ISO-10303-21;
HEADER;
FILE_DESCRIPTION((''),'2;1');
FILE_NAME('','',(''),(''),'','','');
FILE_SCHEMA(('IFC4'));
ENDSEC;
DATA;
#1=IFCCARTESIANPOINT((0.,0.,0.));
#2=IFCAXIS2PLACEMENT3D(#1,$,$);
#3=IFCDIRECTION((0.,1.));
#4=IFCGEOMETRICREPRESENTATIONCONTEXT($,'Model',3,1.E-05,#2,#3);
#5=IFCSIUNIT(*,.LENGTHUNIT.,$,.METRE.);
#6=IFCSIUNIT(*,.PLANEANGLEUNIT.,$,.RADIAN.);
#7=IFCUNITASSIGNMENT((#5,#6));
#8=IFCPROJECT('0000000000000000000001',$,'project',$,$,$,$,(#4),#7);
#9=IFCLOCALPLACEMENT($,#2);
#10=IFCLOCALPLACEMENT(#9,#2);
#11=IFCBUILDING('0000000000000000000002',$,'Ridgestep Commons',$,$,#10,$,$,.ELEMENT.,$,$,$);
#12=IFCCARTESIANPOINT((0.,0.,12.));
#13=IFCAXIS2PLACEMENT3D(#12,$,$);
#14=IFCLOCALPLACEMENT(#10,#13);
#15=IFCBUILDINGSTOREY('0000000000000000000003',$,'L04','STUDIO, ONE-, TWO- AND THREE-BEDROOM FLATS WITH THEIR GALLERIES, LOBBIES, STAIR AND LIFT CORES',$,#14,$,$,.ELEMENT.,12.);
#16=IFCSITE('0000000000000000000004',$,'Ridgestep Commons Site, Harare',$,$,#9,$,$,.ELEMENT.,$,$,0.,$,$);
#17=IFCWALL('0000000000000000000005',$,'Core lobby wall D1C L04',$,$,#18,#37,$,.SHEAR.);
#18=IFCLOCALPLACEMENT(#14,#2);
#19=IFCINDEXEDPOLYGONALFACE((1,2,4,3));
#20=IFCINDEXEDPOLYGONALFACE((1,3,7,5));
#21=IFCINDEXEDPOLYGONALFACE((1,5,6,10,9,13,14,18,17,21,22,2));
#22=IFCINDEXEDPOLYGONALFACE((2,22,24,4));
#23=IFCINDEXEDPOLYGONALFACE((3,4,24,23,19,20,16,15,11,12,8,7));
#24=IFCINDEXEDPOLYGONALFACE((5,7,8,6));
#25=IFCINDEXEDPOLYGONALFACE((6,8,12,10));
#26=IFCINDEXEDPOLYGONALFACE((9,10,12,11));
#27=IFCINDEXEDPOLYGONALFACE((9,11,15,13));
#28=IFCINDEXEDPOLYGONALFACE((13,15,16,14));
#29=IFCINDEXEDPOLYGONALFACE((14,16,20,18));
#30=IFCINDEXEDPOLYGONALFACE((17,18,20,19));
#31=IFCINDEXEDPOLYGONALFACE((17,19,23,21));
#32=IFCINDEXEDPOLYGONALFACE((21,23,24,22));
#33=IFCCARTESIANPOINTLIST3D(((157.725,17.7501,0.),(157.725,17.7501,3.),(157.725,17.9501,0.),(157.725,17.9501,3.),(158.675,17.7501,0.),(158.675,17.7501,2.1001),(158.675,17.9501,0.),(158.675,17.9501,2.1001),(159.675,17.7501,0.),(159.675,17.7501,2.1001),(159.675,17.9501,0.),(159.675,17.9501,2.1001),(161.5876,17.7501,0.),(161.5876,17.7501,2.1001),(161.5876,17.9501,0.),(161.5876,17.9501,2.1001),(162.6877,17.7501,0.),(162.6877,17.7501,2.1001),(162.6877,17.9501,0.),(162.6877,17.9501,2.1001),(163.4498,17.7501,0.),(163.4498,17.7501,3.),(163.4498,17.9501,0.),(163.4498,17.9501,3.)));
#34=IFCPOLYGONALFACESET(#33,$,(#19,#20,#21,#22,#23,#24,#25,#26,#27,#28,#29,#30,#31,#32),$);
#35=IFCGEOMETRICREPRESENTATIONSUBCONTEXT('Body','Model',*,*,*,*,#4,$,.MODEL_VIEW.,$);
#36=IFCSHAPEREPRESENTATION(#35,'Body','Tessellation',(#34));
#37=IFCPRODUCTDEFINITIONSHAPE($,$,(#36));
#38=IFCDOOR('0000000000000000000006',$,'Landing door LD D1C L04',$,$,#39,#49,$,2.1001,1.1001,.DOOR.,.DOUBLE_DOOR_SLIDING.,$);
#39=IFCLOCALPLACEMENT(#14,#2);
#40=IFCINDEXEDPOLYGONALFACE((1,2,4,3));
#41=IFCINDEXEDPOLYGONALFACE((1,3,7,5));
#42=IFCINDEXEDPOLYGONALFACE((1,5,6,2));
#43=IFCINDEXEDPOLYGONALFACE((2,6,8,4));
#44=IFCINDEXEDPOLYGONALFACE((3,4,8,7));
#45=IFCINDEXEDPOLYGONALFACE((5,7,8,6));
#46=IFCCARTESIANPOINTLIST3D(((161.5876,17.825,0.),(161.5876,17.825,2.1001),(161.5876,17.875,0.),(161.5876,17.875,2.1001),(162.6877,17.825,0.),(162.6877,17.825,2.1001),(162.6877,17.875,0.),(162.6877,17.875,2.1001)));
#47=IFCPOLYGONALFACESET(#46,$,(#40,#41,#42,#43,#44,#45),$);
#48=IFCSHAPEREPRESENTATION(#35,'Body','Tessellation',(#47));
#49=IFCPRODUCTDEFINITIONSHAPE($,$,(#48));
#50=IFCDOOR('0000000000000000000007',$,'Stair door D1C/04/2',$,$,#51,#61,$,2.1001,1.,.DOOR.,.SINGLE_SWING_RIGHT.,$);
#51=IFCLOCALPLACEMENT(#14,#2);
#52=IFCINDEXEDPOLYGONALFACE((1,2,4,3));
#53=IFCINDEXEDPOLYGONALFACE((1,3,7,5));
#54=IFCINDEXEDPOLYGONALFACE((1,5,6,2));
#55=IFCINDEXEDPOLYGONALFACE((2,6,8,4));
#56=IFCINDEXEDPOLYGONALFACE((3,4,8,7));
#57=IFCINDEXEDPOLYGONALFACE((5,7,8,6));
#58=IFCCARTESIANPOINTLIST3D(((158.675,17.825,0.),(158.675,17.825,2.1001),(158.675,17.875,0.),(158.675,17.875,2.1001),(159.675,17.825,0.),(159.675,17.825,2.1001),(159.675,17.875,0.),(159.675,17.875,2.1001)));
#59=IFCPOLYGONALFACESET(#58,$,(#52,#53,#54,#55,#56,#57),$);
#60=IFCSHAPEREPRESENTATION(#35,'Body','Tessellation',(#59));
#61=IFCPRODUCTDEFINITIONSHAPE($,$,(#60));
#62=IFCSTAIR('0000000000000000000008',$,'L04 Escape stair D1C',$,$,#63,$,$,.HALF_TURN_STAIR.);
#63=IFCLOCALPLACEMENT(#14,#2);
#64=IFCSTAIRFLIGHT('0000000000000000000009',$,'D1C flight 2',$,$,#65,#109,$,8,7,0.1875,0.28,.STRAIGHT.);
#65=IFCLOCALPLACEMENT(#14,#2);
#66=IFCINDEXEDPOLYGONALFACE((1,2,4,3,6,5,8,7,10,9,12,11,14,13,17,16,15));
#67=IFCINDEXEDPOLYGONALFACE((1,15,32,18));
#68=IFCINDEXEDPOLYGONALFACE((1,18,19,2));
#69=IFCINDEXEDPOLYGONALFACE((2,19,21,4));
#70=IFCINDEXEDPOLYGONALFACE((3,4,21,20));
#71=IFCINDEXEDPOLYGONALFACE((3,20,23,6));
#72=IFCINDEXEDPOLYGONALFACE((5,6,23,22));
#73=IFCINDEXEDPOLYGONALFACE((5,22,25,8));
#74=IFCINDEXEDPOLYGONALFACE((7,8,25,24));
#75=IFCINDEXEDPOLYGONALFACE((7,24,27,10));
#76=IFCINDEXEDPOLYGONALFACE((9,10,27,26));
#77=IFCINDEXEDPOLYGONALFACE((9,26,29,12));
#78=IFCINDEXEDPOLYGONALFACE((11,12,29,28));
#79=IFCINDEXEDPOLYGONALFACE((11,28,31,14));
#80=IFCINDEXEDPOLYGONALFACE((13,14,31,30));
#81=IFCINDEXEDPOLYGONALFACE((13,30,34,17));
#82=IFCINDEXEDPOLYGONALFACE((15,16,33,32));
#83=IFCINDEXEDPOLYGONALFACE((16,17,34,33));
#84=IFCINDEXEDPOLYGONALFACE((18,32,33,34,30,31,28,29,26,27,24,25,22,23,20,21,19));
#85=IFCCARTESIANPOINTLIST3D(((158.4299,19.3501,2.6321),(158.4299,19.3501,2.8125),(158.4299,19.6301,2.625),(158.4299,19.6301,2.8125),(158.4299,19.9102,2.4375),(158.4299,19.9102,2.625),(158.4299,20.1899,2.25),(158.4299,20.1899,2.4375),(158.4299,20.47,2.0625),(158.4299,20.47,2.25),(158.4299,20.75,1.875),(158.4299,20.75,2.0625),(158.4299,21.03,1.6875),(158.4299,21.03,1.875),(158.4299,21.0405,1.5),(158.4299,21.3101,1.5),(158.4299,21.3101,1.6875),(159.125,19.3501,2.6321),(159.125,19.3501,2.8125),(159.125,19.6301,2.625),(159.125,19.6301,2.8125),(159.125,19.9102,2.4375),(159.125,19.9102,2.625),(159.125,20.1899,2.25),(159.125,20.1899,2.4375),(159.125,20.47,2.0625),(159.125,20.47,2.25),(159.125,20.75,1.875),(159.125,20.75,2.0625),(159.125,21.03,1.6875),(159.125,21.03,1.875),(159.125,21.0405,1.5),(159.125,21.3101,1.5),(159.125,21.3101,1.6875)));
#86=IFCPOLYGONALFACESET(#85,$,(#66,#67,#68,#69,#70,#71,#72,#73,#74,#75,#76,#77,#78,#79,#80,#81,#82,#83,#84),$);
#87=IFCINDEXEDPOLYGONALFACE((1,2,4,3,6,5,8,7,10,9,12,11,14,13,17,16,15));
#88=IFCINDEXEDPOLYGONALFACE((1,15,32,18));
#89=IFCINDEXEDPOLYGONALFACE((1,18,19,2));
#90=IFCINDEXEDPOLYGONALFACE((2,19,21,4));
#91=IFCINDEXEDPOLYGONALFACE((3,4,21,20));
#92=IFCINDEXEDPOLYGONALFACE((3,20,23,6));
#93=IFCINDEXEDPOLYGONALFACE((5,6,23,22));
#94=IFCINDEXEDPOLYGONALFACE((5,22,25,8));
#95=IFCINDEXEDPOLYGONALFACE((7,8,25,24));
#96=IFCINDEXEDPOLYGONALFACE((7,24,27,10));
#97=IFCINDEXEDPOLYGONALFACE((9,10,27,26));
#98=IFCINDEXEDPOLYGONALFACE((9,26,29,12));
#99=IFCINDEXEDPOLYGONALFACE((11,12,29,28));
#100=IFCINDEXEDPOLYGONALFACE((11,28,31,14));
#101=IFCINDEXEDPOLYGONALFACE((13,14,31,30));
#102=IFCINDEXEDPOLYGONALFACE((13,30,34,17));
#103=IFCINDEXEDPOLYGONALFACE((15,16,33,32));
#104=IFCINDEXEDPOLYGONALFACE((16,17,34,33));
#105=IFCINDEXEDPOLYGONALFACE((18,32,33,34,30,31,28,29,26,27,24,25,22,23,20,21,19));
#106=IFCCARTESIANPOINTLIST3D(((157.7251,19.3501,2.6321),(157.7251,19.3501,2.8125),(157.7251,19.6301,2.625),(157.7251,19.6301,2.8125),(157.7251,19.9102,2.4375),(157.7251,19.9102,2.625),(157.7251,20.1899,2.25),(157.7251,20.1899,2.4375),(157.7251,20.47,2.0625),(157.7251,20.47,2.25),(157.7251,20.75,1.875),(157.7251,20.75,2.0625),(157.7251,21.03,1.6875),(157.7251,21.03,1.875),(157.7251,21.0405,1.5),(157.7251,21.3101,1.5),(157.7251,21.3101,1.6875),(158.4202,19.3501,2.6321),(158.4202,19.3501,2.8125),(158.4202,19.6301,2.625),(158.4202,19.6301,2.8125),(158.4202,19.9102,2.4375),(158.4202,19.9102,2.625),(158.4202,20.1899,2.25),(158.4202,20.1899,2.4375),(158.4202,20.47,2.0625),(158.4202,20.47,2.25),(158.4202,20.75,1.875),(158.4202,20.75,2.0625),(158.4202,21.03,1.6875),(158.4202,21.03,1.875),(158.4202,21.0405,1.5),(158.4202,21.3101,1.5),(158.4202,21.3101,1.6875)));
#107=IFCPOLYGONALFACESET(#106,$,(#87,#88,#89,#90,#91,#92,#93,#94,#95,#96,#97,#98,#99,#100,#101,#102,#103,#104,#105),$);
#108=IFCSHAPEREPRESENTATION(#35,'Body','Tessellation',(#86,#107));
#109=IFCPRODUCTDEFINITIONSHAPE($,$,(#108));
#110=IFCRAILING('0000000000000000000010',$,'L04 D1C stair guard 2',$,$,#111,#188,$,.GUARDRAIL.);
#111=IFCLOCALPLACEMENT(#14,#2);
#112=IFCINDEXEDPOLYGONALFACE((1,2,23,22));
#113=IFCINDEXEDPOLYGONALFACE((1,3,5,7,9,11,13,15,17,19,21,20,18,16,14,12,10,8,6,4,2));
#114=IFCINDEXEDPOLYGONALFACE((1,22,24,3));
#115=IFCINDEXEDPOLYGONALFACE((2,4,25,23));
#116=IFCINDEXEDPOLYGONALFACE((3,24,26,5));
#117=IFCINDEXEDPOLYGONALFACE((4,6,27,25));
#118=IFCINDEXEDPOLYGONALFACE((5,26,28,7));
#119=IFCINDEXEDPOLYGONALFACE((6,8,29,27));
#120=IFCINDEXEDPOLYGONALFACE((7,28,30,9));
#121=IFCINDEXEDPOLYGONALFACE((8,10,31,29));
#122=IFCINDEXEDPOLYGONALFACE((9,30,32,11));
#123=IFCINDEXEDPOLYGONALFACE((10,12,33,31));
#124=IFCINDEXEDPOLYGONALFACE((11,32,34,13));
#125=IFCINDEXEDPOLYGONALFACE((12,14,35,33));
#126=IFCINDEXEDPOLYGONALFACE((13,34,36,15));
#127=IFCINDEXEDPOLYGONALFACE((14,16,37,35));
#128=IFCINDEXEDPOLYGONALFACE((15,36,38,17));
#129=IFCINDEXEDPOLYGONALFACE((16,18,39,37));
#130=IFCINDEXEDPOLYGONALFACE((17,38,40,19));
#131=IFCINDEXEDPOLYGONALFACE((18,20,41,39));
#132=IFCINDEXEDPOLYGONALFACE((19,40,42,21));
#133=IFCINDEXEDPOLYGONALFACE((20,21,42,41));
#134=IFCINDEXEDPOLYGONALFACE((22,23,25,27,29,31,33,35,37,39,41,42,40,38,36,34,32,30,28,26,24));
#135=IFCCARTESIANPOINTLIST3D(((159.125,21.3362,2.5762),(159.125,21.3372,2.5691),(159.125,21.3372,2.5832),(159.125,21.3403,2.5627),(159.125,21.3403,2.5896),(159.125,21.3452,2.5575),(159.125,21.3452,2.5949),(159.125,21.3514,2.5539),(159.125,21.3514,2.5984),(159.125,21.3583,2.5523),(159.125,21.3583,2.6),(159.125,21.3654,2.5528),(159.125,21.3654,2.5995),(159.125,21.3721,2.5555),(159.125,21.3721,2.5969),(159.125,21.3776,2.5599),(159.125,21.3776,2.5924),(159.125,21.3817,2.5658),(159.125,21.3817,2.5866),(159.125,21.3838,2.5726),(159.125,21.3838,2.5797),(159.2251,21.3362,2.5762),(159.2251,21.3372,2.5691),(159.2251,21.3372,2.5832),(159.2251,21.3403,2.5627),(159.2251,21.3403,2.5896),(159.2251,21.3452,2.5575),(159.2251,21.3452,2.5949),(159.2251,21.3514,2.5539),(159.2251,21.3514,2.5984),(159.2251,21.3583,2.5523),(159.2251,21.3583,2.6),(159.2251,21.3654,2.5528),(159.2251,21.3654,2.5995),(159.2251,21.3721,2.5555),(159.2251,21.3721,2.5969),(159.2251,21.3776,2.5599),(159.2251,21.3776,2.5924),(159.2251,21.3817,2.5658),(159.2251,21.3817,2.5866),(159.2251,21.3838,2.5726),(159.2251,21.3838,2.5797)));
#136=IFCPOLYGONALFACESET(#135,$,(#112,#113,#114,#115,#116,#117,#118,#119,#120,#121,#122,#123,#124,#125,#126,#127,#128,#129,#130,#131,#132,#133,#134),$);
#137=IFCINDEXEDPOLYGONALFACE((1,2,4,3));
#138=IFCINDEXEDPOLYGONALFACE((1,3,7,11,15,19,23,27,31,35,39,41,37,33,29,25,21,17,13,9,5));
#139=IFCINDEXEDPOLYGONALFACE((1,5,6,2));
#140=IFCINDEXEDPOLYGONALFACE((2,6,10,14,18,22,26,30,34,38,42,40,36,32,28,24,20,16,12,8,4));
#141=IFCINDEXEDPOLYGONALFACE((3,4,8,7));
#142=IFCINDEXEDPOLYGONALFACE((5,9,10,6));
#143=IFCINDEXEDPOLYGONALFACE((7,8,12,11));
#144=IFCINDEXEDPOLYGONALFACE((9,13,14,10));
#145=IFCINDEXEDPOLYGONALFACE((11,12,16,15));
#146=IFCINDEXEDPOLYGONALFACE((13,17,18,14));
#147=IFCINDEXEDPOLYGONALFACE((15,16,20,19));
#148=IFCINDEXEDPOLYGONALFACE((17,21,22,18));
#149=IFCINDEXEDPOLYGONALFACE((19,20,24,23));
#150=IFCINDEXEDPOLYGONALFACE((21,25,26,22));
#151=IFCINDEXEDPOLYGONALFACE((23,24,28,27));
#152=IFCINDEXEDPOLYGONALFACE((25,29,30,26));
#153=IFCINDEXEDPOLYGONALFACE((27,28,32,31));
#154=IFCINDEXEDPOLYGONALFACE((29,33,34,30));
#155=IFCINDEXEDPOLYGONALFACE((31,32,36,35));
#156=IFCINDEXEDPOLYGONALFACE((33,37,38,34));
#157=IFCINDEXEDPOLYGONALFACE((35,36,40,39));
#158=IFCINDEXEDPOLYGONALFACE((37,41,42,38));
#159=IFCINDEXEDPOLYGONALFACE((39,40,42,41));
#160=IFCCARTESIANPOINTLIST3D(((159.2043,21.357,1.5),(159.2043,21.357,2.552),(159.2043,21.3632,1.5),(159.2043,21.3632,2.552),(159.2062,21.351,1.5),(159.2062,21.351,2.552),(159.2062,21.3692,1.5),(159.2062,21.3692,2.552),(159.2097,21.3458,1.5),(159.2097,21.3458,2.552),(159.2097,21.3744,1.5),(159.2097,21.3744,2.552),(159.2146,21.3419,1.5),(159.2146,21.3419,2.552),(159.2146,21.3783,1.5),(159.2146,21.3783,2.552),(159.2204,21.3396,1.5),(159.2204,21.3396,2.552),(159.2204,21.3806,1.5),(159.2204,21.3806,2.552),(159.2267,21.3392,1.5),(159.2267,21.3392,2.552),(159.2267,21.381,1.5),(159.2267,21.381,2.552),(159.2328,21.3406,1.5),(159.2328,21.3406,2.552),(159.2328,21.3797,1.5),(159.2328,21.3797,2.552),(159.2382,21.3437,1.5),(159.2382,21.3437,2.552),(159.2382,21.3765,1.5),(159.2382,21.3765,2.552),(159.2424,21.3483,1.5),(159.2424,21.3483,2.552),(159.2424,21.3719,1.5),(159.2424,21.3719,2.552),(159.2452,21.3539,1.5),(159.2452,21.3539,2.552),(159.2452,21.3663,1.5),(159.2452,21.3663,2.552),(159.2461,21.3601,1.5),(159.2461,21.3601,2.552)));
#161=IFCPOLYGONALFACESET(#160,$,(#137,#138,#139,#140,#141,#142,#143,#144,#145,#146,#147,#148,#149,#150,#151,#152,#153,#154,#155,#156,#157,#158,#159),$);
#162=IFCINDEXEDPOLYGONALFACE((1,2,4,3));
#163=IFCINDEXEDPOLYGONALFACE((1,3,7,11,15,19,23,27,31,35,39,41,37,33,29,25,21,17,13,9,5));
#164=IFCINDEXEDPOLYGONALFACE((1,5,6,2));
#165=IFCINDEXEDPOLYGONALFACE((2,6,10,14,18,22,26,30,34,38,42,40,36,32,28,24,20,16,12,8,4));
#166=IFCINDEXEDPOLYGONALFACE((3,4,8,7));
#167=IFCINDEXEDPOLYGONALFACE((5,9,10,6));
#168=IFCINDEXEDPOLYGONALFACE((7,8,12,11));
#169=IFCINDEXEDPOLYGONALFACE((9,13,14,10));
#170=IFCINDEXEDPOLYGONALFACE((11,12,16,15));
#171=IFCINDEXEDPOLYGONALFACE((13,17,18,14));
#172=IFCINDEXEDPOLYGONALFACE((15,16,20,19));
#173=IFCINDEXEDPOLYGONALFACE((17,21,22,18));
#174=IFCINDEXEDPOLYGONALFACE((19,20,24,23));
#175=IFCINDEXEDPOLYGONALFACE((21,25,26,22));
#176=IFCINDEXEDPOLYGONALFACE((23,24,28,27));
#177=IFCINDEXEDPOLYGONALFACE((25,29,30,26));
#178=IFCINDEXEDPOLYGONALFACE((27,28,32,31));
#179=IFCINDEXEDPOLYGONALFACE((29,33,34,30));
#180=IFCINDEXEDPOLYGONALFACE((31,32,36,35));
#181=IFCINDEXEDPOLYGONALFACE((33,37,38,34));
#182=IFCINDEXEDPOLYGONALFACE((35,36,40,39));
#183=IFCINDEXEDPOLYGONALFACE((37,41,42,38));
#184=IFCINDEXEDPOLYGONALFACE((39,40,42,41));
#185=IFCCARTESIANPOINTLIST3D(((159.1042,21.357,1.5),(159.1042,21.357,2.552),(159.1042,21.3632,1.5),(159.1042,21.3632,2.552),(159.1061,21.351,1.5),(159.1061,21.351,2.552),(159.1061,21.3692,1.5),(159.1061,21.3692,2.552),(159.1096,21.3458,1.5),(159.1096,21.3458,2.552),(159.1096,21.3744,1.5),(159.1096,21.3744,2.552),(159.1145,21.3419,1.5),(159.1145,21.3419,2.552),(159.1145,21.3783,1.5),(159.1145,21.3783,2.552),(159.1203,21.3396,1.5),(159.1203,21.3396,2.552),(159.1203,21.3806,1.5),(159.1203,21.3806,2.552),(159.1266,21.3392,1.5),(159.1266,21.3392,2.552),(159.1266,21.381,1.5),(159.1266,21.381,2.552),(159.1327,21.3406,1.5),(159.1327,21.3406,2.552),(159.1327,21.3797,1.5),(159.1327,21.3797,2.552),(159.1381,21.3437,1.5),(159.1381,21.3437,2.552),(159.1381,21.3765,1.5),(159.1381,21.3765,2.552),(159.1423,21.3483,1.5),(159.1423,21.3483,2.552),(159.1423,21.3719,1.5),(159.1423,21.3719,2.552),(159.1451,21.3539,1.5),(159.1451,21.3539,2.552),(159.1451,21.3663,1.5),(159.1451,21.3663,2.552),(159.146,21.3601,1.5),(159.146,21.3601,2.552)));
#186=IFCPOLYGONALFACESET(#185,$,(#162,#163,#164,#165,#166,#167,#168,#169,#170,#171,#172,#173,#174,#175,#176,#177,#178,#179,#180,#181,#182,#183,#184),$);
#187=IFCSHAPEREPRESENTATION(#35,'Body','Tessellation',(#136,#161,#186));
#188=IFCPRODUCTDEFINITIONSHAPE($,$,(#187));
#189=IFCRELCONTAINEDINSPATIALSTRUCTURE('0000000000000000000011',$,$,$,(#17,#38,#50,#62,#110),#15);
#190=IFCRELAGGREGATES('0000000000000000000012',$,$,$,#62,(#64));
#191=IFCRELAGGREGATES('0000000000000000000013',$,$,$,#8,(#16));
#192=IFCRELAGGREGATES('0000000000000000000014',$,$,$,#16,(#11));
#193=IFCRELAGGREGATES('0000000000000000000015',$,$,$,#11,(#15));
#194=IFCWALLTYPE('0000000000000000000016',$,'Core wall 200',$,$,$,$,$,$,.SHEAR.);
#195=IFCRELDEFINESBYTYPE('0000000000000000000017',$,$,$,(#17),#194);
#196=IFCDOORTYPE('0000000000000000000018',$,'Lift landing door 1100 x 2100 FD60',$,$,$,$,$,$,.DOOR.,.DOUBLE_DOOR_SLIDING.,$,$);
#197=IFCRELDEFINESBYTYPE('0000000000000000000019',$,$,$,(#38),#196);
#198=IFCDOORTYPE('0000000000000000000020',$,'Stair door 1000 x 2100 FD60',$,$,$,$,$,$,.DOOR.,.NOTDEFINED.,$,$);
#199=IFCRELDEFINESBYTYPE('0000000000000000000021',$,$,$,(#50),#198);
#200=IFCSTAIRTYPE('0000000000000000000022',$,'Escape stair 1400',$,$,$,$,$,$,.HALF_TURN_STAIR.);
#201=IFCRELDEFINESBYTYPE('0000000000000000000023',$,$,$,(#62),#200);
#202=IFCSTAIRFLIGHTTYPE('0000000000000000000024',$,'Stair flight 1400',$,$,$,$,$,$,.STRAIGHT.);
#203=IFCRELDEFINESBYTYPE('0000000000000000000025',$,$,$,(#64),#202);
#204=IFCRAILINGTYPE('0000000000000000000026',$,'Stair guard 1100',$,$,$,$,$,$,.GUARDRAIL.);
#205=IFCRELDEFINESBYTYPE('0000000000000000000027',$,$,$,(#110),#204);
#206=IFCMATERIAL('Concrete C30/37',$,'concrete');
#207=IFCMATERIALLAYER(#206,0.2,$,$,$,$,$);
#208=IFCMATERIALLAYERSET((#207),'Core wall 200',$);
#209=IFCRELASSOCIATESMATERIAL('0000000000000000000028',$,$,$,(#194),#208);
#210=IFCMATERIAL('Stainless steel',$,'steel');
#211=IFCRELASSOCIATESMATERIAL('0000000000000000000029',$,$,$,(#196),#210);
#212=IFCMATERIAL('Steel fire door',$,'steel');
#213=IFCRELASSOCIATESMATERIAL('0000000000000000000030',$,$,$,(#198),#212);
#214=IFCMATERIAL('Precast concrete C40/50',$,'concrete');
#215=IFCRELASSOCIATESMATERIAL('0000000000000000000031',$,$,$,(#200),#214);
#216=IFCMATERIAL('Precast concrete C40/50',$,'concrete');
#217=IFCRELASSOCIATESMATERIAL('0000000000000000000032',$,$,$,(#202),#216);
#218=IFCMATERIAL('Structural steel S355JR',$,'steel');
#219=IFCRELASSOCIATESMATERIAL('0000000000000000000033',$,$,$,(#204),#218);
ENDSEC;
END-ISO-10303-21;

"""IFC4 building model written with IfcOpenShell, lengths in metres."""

from ifc_helpers import new_model, si_unit, direction, frame, frame_2d, origin, origin_2d, place, context, subcontext, project, spatial, polyline, rectangle, circle, outline, extrude, material, layer, layer_set, type_object, element, fill, aggregate, save


model = new_model("IFC4")

# Units and contexts
model_context = context("Model", 3, precision=1e-05, world=origin(), true_north=direction((0.0, 1.0)))
body_context = subcontext(model_context, "Body", "Model", "MODEL_VIEW")
ifc_project = project(units=[si_unit("LENGTHUNIT", "METRE"), si_unit("PLANEANGLEUNIT", "RADIAN")], contexts=[model_context])

# Site, building, storey
site_placement = place(None, origin())
site = spatial("IfcSite", under=ifc_project, at=site_placement, Name="Ridgestep Commons Site, Harare", CompositionType="ELEMENT", RefElevation=0.0)
building_placement = place(site_placement, origin())
building = spatial("IfcBuilding", under=site, at=building_placement, Name="Ridgestep Commons", CompositionType="ELEMENT")
storey_placement = place(building_placement, frame((0.0, 0.0, 12.0)))
storey = spatial("IfcBuildingStorey", under=building, at=storey_placement, Name="L04", Description="STUDIO, ONE-, TWO- AND THREE-BEDROOM FLATS WITH THEIR GALLERIES, LOBBIES, STAIR AND LIFT CORES", CompositionType="ELEMENT", Elevation=12.0)

# Wall, openings, doors
ifc_material_1 = material(Name="Concrete C30/37", Category="concrete")
ifc_layer_1 = layer(ifc_material_1, 0.2)
ifc_layer_set_1 = layer_set([ifc_layer_1], Name="Core wall 200")
wall_type = type_object("IfcWallType", Name="Core wall 200", PredefinedType="SHEAR", material=ifc_layer_set_1)
wall_placement = place(storey_placement, frame((157.7251, 17.8501, 0.0), z_axis=(0.0, 0.0, 1.0), x_axis=(1.0, 0.0, 0.0)))
wall = element("IfcWall", 1, at=wall_placement, inside=storey, type_object=wall_type, Name="Core lobby wall D1C L04", PredefinedType="SHEAR", context=body_context, shape_type="SweptSolid", body=[
    extrude(rectangle(XDim=5.7249, YDim=0.2, at=frame_2d((2.8623, 0.0))), origin(), (0.0, 0.0, 1.0), 3.0),
])
opening_1_placement = place(wall_placement, frame((0.95, 0.0, 0.0)))
opening_1 = element("IfcOpeningElement", 2, at=opening_1_placement, cuts=wall, PredefinedType="OPENING", context=body_context, shape_type="SweptSolid", body=[
    extrude(rectangle(XDim=1.0, YDim=2.1001, at=frame_2d((0.5, 1.05))), frame((0.0, 0.1099, 0.0), z_axis=(0.0, -1.0, 0.0), x_axis=(1.0, 0.0, 0.0)), (0.0, 0.0, 1.0), 0.22),
])
opening_2_placement = place(wall_placement, frame((3.8625, 0.0, 0.0)))
opening_2 = element("IfcOpeningElement", 3, at=opening_2_placement, cuts=wall, PredefinedType="OPENING", context=body_context, shape_type="SweptSolid", body=[
    extrude(rectangle(XDim=1.1001, YDim=2.1001, at=frame_2d((0.55, 1.05))), frame((0.0, 0.1099, 0.0), z_axis=(0.0, -1.0, 0.0), x_axis=(1.0, 0.0, 0.0)), (0.0, 0.0, 1.0), 0.22),
])
ifc_material_2 = material(Name="Stainless steel", Category="steel")
door_type_1 = type_object("IfcDoorType", Name="Lift landing door 1100 x 2100 FD60", OperationType="DOUBLE_DOOR_SLIDING", PredefinedType="DOOR", material=ifc_material_2)
door_1_placement = place(opening_2_placement, origin())
door_1 = element("IfcDoor", 4, at=door_1_placement, inside=storey, type_object=door_type_1, Name="Landing door LD D1C L04", OperationType="DOUBLE_DOOR_SLIDING", OverallHeight=2.1001, OverallWidth=1.1001, PredefinedType="DOOR", context=body_context, shape_type="SweptSolid", body=[
    extrude(rectangle(XDim=1.1001, YDim=2.1001, at=frame_2d((0.55, 1.05))), frame((0.0, 0.0249, 0.0), z_axis=(0.0, -1.0, 0.0), x_axis=(1.0, 0.0, 0.0)), (0.0, 0.0, 1.0), 0.05),
])
fill(opening_2, door_1)
ifc_material_3 = material(Name="Steel fire door", Category="steel")
door_type_2 = type_object("IfcDoorType", Name="Stair door 1000 x 2100 FD60", OperationType="NOTDEFINED", PredefinedType="DOOR", material=ifc_material_3)
door_2_placement = place(opening_1_placement, origin())
door_2 = element("IfcDoor", 5, at=door_2_placement, inside=storey, type_object=door_type_2, Name="Stair door D1C/04/2", OperationType="SINGLE_SWING_RIGHT", OverallHeight=2.1001, OverallWidth=1.0, PredefinedType="DOOR", context=body_context, shape_type="SweptSolid", body=[
    extrude(rectangle(XDim=1.0, YDim=2.1001, at=frame_2d((0.5, 1.05))), frame((0.0, 0.0249, 0.0), z_axis=(0.0, -1.0, 0.0), x_axis=(1.0, 0.0, 0.0)), (0.0, 0.0, 1.0), 0.05),
])
fill(opening_1, door_2)

# Stair, stair flight
ifc_material_4 = material(Name="Precast concrete C40/50", Category="concrete")
stair_type = type_object("IfcStairType", Name="Escape stair 1400", PredefinedType="HALF_TURN_STAIR", material=ifc_material_4)
stair_placement = place(storey_placement, origin())
stair = element("IfcStair", 6, at=stair_placement, inside=storey, type_object=stair_type, Name="L04 Escape stair D1C", PredefinedType="HALF_TURN_STAIR")
ifc_material_5 = material(Name="Precast concrete C40/50", Category="concrete")
stair_flight_type = type_object("IfcStairFlightType", Name="Stair flight 1400", PredefinedType="STRAIGHT", material=ifc_material_5)
stair_flight_placement = place(storey_placement, frame((158.425, 21.3101, 1.5), z_axis=(0.0, 0.0, 1.0), x_axis=(0.0, -1.0, 0.0)))
stair_flight = element("IfcStairFlight", 7, at=stair_flight_placement, type_object=stair_flight_type, Name="D1C flight 2", NumberOfRisers=8, NumberOfTreads=7, PredefinedType="STRAIGHT", RiserHeight=0.1875, TreadLength=0.28, context=body_context, shape_type="SweptSolid", body=[
    extrude(outline(polyline([(0.0, 0.0), (0.0, 0.1875), (0.28, 0.1875), (0.28, 0.375), (0.5601, 0.375), (0.5601, 0.5625), (0.8401, 0.5625), (0.8401, 0.75), (1.1201, 0.75), (1.1201, 0.9375), (1.3999, 0.9375), (1.3999, 1.125), (1.6799, 1.125), (1.6799, 1.3125), (1.96, 1.3125), (1.96, 1.5), (1.96, 1.1321), (0.2695, 0.0), (0.0, 0.0)])), frame((0.0, 0.7, 0.0), z_axis=(0.0, -1.0, 0.0), x_axis=(1.0, 0.0, 0.0)), (0.0, 0.0, 1.0), 0.6951),
    extrude(outline(polyline([(0.0, 0.0), (0.0, 0.1875), (0.28, 0.1875), (0.28, 0.375), (0.5601, 0.375), (0.5601, 0.5625), (0.8401, 0.5625), (0.8401, 0.75), (1.1201, 0.75), (1.1201, 0.9375), (1.3999, 0.9375), (1.3999, 1.125), (1.6799, 1.125), (1.6799, 1.3125), (1.96, 1.3125), (1.96, 1.5), (1.96, 1.1321), (0.2695, 0.0), (0.0, 0.0)])), frame((0.0, -0.0049, 0.0), z_axis=(0.0, -1.0, 0.0), x_axis=(1.0, 0.0, 0.0)), (0.0, 0.0, 1.0), 0.6951),
])
aggregate(stair, [stair_flight])

# Railing
ifc_material_6 = material(Name="Structural steel S355JR", Category="steel")
railing_type_1 = type_object("IfcRailingType", Name="Stair guard 1100", PredefinedType="GUARDRAIL", material=ifc_material_6)
railing_1_placement = place(storey_placement, frame((159.2251, 21.3601, 1.5)))
element("IfcRailing", 8, at=railing_1_placement, inside=storey, type_object=railing_type_1, Name="L04 D1C stair guard 2", PredefinedType="GUARDRAIL", context=body_context, shape_type="SweptSolid", body=[
    extrude(circle(Radius=0.0239, at=origin_2d()), frame((0.0, 0.0, 1.0762), z_axis=(-1.0, 0.0, 0.0), x_axis=(0.0, -1.0, 0.0)), (0.0, 0.0, 1.0), 0.1001),
    extrude(circle(Radius=0.021, at=origin_2d()), origin(), (0.0, 0.0, 1.0), 1.052),
    extrude(circle(Radius=0.021, at=origin_2d()), frame((-0.1001, 0.0, 0.0)), (0.0, 0.0, 1.0), 1.052),
])

save(model, "model.ifc")
